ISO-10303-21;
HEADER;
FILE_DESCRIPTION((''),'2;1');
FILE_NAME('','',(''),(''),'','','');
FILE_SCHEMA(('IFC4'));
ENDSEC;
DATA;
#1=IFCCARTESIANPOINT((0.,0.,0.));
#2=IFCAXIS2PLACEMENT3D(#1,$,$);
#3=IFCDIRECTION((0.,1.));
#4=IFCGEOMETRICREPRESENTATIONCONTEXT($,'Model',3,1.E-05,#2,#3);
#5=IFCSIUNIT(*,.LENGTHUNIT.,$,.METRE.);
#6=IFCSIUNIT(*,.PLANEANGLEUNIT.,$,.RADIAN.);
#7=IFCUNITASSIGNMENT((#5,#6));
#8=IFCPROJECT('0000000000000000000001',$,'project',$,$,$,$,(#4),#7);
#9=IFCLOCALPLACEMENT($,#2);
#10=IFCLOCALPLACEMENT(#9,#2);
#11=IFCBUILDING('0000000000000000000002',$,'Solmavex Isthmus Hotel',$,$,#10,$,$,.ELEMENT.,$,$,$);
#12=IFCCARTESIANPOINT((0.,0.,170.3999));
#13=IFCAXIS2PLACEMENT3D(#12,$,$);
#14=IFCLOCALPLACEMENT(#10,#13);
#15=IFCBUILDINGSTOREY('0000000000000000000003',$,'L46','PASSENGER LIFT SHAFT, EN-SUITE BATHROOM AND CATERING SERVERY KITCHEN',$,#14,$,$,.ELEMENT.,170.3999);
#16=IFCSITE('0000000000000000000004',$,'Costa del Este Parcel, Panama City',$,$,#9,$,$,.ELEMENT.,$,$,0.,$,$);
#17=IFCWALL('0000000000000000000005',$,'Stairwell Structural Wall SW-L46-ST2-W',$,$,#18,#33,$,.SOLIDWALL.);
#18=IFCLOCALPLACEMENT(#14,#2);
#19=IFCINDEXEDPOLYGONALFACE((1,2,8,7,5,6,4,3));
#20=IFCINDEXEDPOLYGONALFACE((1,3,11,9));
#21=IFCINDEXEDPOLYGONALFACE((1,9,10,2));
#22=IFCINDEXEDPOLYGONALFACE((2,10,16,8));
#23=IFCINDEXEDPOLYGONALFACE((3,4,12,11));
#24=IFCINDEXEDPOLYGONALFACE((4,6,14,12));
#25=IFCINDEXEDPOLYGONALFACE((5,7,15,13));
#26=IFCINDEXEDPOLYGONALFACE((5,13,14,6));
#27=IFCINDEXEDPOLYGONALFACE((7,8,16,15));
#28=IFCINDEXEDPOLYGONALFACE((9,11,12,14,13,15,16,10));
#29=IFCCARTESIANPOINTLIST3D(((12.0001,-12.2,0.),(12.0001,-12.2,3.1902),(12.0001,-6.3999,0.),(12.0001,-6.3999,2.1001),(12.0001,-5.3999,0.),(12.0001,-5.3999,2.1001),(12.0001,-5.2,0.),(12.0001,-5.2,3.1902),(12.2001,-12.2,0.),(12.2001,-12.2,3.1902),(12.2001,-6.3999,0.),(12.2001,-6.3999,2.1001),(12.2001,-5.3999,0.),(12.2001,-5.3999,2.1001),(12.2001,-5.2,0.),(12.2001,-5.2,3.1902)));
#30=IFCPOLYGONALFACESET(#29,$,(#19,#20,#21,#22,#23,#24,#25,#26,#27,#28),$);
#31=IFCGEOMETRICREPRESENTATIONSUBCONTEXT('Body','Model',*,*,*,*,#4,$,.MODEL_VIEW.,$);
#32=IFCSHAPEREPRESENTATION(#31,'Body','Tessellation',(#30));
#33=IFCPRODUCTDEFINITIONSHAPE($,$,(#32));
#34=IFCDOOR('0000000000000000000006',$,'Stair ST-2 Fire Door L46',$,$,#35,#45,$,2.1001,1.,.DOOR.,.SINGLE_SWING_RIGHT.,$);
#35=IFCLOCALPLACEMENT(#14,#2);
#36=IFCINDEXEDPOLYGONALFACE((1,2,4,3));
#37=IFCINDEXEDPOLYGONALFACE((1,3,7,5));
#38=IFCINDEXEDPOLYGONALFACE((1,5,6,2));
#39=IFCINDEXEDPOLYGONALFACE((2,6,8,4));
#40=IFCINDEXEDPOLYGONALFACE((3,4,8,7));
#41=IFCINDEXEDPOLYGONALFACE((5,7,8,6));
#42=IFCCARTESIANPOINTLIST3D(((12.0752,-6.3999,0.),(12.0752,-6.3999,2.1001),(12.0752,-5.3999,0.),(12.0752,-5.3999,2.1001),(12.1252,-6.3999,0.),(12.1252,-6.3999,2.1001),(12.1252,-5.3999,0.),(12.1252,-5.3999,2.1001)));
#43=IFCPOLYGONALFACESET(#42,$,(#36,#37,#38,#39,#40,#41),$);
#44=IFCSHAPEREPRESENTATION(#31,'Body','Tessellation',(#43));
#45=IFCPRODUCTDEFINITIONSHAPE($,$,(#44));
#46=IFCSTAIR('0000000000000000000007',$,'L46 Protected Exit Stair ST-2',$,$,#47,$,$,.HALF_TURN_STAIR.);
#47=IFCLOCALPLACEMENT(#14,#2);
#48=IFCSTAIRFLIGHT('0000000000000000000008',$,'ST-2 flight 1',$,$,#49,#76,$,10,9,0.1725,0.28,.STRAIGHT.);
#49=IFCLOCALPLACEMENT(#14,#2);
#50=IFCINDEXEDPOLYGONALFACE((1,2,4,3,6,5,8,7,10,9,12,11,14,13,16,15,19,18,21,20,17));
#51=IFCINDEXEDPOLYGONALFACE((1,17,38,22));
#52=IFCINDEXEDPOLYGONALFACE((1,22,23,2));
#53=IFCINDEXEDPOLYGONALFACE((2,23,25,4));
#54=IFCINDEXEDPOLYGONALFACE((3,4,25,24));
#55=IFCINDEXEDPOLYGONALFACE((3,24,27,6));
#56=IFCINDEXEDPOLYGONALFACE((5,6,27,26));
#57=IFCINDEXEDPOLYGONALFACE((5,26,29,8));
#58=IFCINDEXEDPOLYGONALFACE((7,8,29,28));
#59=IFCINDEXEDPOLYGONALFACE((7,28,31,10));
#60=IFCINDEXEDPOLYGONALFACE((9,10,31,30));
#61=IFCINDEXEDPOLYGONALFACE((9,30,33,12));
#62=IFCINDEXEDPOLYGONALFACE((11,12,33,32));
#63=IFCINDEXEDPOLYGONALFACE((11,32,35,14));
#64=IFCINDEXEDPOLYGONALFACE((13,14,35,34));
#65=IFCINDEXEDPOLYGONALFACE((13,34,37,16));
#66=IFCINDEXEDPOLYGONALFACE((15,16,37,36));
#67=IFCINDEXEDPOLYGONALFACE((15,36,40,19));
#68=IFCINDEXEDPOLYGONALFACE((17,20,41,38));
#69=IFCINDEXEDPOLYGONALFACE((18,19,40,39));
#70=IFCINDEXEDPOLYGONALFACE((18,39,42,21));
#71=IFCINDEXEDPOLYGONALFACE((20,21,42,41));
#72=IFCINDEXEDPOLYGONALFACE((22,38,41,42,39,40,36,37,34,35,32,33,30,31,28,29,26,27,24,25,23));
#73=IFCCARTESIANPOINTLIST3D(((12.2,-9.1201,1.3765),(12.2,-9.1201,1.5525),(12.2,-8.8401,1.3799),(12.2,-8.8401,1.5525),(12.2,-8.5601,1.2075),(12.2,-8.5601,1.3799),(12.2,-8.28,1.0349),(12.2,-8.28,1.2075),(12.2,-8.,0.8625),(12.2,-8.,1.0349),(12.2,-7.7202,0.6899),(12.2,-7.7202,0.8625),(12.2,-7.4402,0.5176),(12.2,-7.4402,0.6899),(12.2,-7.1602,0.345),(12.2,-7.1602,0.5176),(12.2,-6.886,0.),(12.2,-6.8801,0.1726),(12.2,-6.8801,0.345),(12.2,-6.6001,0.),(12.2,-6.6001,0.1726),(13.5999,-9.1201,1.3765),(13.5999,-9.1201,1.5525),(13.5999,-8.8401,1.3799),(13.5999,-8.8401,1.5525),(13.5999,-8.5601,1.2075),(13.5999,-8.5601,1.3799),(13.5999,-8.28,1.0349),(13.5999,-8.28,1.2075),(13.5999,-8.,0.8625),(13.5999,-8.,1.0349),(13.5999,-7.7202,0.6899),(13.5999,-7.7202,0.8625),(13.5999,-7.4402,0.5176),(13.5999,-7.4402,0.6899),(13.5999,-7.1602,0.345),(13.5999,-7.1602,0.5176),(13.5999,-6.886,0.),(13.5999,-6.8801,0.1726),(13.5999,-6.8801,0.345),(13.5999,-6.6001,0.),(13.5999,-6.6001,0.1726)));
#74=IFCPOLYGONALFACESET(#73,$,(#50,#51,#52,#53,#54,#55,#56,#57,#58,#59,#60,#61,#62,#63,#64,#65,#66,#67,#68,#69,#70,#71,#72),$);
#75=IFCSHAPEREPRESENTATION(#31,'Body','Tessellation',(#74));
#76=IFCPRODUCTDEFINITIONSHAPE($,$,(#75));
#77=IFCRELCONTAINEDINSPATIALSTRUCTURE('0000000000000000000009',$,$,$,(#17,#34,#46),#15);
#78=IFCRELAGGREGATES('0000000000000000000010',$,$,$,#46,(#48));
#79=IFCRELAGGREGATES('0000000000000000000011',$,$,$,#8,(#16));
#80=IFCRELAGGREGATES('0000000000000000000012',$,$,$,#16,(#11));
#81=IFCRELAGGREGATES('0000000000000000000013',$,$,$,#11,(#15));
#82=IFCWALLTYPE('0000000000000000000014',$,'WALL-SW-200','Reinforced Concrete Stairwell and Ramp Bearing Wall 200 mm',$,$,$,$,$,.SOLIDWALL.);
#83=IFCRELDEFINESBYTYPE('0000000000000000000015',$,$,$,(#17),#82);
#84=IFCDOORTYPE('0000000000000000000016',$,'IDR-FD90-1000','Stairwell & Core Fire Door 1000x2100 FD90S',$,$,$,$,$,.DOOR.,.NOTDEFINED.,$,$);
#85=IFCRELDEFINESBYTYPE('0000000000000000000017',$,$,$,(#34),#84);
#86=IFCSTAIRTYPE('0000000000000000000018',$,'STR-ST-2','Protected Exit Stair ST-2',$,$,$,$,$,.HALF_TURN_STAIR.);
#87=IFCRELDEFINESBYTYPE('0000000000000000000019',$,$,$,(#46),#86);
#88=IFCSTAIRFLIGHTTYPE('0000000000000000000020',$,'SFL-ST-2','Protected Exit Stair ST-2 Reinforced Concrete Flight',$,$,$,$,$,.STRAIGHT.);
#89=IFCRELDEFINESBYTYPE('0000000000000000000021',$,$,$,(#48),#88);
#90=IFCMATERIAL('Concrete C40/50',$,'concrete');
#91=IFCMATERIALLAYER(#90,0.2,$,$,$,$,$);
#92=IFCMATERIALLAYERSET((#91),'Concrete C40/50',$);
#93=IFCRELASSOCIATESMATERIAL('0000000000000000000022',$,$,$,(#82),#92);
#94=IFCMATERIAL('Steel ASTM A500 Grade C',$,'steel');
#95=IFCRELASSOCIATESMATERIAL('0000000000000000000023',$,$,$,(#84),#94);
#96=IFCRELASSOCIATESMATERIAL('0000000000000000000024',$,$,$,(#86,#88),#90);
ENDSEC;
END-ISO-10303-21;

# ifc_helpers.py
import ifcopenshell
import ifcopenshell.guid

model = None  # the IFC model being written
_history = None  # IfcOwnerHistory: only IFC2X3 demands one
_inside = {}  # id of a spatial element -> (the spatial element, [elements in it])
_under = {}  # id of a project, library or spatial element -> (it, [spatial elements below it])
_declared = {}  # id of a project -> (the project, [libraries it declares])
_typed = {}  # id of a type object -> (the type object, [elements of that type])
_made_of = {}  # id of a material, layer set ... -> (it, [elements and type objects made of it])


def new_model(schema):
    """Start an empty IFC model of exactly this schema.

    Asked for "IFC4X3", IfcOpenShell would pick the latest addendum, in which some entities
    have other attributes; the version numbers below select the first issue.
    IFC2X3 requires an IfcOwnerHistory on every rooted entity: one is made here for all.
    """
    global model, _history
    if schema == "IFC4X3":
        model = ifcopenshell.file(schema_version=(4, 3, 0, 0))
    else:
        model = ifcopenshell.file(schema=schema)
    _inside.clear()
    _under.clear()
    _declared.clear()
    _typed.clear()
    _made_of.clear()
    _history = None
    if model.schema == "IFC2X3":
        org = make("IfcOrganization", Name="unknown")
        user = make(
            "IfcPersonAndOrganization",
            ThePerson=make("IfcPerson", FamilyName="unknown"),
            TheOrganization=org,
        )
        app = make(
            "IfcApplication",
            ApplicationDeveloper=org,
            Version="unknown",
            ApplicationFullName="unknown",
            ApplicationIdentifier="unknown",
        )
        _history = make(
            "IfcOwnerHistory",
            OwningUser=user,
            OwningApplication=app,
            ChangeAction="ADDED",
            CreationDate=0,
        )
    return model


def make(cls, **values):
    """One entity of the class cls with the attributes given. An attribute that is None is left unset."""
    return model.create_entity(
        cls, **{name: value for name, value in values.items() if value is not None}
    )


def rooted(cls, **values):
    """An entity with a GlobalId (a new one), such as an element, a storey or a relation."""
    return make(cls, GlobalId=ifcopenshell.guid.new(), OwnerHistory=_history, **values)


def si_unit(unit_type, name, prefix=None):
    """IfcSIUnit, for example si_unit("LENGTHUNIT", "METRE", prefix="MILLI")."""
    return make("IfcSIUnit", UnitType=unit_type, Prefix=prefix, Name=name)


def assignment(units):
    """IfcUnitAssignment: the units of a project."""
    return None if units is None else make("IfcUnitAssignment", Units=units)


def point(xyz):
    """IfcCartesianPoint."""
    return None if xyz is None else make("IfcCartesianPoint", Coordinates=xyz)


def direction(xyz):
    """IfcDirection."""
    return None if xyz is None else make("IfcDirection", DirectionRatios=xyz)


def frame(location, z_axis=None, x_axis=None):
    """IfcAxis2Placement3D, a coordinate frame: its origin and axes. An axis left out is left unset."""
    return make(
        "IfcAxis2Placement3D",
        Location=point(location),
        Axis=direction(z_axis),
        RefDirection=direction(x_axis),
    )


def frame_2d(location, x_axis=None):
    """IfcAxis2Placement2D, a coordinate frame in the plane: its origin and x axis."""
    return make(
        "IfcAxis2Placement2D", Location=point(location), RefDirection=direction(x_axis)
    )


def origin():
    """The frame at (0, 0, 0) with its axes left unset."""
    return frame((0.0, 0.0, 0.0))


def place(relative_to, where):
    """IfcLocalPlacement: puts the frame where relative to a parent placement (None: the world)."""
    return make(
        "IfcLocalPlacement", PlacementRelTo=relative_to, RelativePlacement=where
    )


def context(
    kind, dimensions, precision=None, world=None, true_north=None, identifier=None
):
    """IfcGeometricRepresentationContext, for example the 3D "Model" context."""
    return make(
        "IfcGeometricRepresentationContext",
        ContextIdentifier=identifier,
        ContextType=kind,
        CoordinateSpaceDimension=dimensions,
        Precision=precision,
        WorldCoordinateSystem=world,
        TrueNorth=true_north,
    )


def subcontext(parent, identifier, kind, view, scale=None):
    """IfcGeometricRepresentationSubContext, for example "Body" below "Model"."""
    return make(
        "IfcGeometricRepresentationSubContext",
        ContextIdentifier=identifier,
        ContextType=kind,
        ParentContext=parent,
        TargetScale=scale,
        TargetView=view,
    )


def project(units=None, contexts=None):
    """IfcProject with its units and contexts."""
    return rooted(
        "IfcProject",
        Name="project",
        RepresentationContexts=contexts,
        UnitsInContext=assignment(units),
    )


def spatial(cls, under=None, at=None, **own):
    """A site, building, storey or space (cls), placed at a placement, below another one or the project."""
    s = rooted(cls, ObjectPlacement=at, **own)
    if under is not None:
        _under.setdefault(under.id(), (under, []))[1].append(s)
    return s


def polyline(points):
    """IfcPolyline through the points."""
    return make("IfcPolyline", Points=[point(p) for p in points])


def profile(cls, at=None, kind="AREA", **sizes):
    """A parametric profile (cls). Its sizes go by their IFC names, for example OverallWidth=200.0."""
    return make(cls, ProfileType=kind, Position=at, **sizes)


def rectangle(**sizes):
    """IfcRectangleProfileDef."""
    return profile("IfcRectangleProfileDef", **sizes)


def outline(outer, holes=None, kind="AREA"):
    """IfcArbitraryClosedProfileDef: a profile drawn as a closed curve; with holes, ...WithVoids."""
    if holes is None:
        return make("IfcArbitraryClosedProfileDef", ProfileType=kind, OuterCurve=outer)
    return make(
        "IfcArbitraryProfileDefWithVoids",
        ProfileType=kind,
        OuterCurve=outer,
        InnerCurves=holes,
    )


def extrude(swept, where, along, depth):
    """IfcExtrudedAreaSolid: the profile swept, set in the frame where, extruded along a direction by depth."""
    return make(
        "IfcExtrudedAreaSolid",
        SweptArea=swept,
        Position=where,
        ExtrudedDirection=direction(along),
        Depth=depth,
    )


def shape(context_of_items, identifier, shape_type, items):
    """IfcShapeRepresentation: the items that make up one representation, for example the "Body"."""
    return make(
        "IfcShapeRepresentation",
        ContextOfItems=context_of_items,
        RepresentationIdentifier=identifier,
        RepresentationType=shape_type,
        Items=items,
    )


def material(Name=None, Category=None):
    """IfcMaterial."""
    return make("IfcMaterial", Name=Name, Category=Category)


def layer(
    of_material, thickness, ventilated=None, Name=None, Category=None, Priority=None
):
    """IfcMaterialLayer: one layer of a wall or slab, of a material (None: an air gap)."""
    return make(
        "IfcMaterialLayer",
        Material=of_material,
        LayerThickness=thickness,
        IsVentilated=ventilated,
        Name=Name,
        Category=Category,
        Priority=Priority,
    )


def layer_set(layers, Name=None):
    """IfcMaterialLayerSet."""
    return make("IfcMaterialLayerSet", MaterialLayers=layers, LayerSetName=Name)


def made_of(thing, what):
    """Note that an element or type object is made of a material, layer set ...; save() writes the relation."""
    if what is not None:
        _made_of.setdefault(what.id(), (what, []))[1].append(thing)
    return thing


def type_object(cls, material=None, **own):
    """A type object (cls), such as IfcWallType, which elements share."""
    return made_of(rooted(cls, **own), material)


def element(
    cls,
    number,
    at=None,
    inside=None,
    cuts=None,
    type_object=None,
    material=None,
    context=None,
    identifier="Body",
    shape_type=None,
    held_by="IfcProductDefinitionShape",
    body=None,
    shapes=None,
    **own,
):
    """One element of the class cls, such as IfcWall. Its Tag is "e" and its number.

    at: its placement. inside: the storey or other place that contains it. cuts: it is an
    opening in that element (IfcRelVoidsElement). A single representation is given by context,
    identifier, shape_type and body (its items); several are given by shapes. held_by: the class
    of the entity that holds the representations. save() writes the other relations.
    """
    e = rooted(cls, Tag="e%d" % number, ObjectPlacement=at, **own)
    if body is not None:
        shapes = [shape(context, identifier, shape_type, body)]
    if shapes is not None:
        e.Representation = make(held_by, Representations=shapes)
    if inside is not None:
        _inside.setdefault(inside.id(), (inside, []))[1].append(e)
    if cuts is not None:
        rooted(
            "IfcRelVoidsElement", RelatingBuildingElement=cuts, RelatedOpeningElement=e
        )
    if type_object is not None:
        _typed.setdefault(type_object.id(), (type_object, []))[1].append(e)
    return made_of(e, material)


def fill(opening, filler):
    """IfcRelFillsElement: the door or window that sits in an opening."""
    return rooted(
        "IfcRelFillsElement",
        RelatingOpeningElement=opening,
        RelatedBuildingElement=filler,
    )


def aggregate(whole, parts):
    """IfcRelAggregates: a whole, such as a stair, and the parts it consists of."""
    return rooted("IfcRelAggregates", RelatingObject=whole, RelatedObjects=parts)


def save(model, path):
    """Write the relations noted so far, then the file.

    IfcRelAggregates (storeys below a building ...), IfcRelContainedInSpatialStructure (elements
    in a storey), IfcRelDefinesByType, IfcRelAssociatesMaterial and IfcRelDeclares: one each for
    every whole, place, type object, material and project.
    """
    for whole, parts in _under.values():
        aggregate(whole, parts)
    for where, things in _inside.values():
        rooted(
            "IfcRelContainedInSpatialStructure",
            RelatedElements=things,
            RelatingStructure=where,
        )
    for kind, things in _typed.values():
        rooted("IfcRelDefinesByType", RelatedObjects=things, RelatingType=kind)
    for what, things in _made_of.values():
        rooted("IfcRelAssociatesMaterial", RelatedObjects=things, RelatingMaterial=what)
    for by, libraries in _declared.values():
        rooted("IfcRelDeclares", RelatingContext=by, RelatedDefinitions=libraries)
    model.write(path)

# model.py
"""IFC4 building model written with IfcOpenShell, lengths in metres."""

from ifc_helpers import new_model, si_unit, direction, frame, frame_2d, origin, place, context, subcontext, project, spatial, polyline, rectangle, outline, extrude, material, layer, layer_set, type_object, element, fill, aggregate, save


model = new_model("IFC4")

# Units and contexts
model_context = context("Model", 3, precision=1e-05, world=origin(), true_north=direction((0.0, 1.0)))
body_context = subcontext(model_context, "Body", "Model", "MODEL_VIEW")
ifc_project = project(units=[si_unit("LENGTHUNIT", "METRE"), si_unit("PLANEANGLEUNIT", "RADIAN")], contexts=[model_context])

# Site, building, storey
site_placement = place(None, origin())
site = spatial("IfcSite", under=ifc_project, at=site_placement, Name="Costa del Este Parcel, Panama City", CompositionType="ELEMENT", RefElevation=0.0)
building_placement = place(site_placement, origin())
building = spatial("IfcBuilding", under=site, at=building_placement, Name="Solmavex Isthmus Hotel", CompositionType="ELEMENT")
storey_placement = place(building_placement, frame((0.0, 0.0, 170.3999)))
storey = spatial("IfcBuildingStorey", under=building, at=storey_placement, Name="L46", Description="PASSENGER LIFT SHAFT, EN-SUITE BATHROOM AND CATERING SERVERY KITCHEN", CompositionType="ELEMENT", Elevation=170.3999)

# Shared definitions
ifc_material_1 = material(Name="Steel ASTM A500 Grade C", Category="steel")

# Shared definitions
ifc_material_2 = material(Name="Concrete C40/50", Category="concrete")

# Shared definitions
ifc_layer_1 = layer(ifc_material_2, 0.2)
ifc_layer_set_1 = layer_set([ifc_layer_1], Name="Concrete C40/50")
wall_type_1 = type_object("IfcWallType", Name="WALL-SW-200", Description="Reinforced Concrete Stairwell and Ramp Bearing Wall 200 mm", PredefinedType="SOLIDWALL", material=ifc_layer_set_1)

# Wall, opening, door
wall_1_placement = place(storey_placement, frame((12.1001, -12.2, 0.0), z_axis=(0.0, 0.0, 1.0), x_axis=(0.0, 1.0, 0.0)))
wall_1 = element("IfcWall", 1, at=wall_1_placement, inside=storey, type_object=wall_type_1, Name="Stairwell Structural Wall SW-L46-ST2-W", PredefinedType="SOLIDWALL", context=body_context, shape_type="SweptSolid", body=[
    extrude(rectangle(XDim=7.0, YDim=0.2, at=frame_2d((3.5, 0.0))), origin(), (0.0, 0.0, 1.0), 3.1902),
])
opening_1_placement = place(wall_1_placement, frame((5.8, 0.0, 0.0)))
opening_1 = element("IfcOpeningElement", 2, at=opening_1_placement, cuts=wall_1, PredefinedType="OPENING", context=body_context, shape_type="SweptSolid", body=[
    extrude(rectangle(XDim=1.0, YDim=2.1001, at=frame_2d((0.5, 1.05))), frame((0.0, 0.1099, 0.0), z_axis=(0.0, -1.0, 0.0), x_axis=(1.0, 0.0, 0.0)), (0.0, 0.0, 1.0), 0.22),
])
door_type_1 = type_object("IfcDoorType", Name="IDR-FD90-1000", Description="Stairwell & Core Fire Door 1000x2100 FD90S", OperationType="NOTDEFINED", PredefinedType="DOOR", material=ifc_material_1)
door_1_placement = place(opening_1_placement, origin())
door_1 = element("IfcDoor", 3, at=door_1_placement, inside=storey, type_object=door_type_1, Name="Stair ST-2 Fire Door L46", OperationType="SINGLE_SWING_RIGHT", OverallHeight=2.1001, OverallWidth=1.0, PredefinedType="DOOR", context=body_context, shape_type="SweptSolid", body=[
    extrude(rectangle(XDim=1.0, YDim=2.1001, at=frame_2d((0.5, 1.05))), frame((0.0, 0.0249, 0.0), z_axis=(0.0, -1.0, 0.0), x_axis=(1.0, 0.0, 0.0)), (0.0, 0.0, 1.0), 0.05),
])
fill(opening_1, door_1)

# Stair, stair flight
stair_type = type_object("IfcStairType", Name="STR-ST-2", Description="Protected Exit Stair ST-2", PredefinedType="HALF_TURN_STAIR", material=ifc_material_2)
stair_placement = place(storey_placement, origin())
stair = element("IfcStair", 4, at=stair_placement, inside=storey, type_object=stair_type, Name="L46 Protected Exit Stair ST-2", PredefinedType="HALF_TURN_STAIR")
stair_flight_type = type_object("IfcStairFlightType", Name="SFL-ST-2", Description="Protected Exit Stair ST-2 Reinforced Concrete Flight", PredefinedType="STRAIGHT", material=ifc_material_2)
stair_flight_placement = place(storey_placement, frame((12.8999, -6.6001, 0.0), z_axis=(0.0, 0.0, 1.0), x_axis=(0.0, -1.0, 0.0)))
stair_flight = element("IfcStairFlight", 5, at=stair_flight_placement, type_object=stair_flight_type, Name="ST-2 flight 1", NumberOfRisers=10, NumberOfTreads=9, PredefinedType="STRAIGHT", RiserHeight=0.1725, TreadLength=0.28, context=body_context, shape_type="SweptSolid", body=[
    extrude(outline(polyline([(0.0, 0.0), (0.0, 0.1726), (0.28, 0.1726), (0.28, 0.345), (0.5601, 0.345), (0.5601, 0.5176), (0.8401, 0.5176), (0.8401, 0.6899), (1.1201, 0.6899), (1.1201, 0.8625), (1.3999, 0.8625), (1.3999, 1.0349), (1.6799, 1.0349), (1.6799, 1.2075), (1.96, 1.2075), (1.96, 1.3799), (2.24, 1.3799), (2.24, 1.5525), (2.52, 1.5525), (2.52, 1.7251), (2.52, 1.3765), (0.2859, 0.0), (0.0, 0.0)])), frame((0.0, 0.7, 0.0), z_axis=(0.0, -1.0, 0.0), x_axis=(1.0, 0.0, 0.0)), (0.0, 0.0, 1.0), 1.3999),
])
aggregate(stair, [stair_flight])

save(model, "model.ifc")
